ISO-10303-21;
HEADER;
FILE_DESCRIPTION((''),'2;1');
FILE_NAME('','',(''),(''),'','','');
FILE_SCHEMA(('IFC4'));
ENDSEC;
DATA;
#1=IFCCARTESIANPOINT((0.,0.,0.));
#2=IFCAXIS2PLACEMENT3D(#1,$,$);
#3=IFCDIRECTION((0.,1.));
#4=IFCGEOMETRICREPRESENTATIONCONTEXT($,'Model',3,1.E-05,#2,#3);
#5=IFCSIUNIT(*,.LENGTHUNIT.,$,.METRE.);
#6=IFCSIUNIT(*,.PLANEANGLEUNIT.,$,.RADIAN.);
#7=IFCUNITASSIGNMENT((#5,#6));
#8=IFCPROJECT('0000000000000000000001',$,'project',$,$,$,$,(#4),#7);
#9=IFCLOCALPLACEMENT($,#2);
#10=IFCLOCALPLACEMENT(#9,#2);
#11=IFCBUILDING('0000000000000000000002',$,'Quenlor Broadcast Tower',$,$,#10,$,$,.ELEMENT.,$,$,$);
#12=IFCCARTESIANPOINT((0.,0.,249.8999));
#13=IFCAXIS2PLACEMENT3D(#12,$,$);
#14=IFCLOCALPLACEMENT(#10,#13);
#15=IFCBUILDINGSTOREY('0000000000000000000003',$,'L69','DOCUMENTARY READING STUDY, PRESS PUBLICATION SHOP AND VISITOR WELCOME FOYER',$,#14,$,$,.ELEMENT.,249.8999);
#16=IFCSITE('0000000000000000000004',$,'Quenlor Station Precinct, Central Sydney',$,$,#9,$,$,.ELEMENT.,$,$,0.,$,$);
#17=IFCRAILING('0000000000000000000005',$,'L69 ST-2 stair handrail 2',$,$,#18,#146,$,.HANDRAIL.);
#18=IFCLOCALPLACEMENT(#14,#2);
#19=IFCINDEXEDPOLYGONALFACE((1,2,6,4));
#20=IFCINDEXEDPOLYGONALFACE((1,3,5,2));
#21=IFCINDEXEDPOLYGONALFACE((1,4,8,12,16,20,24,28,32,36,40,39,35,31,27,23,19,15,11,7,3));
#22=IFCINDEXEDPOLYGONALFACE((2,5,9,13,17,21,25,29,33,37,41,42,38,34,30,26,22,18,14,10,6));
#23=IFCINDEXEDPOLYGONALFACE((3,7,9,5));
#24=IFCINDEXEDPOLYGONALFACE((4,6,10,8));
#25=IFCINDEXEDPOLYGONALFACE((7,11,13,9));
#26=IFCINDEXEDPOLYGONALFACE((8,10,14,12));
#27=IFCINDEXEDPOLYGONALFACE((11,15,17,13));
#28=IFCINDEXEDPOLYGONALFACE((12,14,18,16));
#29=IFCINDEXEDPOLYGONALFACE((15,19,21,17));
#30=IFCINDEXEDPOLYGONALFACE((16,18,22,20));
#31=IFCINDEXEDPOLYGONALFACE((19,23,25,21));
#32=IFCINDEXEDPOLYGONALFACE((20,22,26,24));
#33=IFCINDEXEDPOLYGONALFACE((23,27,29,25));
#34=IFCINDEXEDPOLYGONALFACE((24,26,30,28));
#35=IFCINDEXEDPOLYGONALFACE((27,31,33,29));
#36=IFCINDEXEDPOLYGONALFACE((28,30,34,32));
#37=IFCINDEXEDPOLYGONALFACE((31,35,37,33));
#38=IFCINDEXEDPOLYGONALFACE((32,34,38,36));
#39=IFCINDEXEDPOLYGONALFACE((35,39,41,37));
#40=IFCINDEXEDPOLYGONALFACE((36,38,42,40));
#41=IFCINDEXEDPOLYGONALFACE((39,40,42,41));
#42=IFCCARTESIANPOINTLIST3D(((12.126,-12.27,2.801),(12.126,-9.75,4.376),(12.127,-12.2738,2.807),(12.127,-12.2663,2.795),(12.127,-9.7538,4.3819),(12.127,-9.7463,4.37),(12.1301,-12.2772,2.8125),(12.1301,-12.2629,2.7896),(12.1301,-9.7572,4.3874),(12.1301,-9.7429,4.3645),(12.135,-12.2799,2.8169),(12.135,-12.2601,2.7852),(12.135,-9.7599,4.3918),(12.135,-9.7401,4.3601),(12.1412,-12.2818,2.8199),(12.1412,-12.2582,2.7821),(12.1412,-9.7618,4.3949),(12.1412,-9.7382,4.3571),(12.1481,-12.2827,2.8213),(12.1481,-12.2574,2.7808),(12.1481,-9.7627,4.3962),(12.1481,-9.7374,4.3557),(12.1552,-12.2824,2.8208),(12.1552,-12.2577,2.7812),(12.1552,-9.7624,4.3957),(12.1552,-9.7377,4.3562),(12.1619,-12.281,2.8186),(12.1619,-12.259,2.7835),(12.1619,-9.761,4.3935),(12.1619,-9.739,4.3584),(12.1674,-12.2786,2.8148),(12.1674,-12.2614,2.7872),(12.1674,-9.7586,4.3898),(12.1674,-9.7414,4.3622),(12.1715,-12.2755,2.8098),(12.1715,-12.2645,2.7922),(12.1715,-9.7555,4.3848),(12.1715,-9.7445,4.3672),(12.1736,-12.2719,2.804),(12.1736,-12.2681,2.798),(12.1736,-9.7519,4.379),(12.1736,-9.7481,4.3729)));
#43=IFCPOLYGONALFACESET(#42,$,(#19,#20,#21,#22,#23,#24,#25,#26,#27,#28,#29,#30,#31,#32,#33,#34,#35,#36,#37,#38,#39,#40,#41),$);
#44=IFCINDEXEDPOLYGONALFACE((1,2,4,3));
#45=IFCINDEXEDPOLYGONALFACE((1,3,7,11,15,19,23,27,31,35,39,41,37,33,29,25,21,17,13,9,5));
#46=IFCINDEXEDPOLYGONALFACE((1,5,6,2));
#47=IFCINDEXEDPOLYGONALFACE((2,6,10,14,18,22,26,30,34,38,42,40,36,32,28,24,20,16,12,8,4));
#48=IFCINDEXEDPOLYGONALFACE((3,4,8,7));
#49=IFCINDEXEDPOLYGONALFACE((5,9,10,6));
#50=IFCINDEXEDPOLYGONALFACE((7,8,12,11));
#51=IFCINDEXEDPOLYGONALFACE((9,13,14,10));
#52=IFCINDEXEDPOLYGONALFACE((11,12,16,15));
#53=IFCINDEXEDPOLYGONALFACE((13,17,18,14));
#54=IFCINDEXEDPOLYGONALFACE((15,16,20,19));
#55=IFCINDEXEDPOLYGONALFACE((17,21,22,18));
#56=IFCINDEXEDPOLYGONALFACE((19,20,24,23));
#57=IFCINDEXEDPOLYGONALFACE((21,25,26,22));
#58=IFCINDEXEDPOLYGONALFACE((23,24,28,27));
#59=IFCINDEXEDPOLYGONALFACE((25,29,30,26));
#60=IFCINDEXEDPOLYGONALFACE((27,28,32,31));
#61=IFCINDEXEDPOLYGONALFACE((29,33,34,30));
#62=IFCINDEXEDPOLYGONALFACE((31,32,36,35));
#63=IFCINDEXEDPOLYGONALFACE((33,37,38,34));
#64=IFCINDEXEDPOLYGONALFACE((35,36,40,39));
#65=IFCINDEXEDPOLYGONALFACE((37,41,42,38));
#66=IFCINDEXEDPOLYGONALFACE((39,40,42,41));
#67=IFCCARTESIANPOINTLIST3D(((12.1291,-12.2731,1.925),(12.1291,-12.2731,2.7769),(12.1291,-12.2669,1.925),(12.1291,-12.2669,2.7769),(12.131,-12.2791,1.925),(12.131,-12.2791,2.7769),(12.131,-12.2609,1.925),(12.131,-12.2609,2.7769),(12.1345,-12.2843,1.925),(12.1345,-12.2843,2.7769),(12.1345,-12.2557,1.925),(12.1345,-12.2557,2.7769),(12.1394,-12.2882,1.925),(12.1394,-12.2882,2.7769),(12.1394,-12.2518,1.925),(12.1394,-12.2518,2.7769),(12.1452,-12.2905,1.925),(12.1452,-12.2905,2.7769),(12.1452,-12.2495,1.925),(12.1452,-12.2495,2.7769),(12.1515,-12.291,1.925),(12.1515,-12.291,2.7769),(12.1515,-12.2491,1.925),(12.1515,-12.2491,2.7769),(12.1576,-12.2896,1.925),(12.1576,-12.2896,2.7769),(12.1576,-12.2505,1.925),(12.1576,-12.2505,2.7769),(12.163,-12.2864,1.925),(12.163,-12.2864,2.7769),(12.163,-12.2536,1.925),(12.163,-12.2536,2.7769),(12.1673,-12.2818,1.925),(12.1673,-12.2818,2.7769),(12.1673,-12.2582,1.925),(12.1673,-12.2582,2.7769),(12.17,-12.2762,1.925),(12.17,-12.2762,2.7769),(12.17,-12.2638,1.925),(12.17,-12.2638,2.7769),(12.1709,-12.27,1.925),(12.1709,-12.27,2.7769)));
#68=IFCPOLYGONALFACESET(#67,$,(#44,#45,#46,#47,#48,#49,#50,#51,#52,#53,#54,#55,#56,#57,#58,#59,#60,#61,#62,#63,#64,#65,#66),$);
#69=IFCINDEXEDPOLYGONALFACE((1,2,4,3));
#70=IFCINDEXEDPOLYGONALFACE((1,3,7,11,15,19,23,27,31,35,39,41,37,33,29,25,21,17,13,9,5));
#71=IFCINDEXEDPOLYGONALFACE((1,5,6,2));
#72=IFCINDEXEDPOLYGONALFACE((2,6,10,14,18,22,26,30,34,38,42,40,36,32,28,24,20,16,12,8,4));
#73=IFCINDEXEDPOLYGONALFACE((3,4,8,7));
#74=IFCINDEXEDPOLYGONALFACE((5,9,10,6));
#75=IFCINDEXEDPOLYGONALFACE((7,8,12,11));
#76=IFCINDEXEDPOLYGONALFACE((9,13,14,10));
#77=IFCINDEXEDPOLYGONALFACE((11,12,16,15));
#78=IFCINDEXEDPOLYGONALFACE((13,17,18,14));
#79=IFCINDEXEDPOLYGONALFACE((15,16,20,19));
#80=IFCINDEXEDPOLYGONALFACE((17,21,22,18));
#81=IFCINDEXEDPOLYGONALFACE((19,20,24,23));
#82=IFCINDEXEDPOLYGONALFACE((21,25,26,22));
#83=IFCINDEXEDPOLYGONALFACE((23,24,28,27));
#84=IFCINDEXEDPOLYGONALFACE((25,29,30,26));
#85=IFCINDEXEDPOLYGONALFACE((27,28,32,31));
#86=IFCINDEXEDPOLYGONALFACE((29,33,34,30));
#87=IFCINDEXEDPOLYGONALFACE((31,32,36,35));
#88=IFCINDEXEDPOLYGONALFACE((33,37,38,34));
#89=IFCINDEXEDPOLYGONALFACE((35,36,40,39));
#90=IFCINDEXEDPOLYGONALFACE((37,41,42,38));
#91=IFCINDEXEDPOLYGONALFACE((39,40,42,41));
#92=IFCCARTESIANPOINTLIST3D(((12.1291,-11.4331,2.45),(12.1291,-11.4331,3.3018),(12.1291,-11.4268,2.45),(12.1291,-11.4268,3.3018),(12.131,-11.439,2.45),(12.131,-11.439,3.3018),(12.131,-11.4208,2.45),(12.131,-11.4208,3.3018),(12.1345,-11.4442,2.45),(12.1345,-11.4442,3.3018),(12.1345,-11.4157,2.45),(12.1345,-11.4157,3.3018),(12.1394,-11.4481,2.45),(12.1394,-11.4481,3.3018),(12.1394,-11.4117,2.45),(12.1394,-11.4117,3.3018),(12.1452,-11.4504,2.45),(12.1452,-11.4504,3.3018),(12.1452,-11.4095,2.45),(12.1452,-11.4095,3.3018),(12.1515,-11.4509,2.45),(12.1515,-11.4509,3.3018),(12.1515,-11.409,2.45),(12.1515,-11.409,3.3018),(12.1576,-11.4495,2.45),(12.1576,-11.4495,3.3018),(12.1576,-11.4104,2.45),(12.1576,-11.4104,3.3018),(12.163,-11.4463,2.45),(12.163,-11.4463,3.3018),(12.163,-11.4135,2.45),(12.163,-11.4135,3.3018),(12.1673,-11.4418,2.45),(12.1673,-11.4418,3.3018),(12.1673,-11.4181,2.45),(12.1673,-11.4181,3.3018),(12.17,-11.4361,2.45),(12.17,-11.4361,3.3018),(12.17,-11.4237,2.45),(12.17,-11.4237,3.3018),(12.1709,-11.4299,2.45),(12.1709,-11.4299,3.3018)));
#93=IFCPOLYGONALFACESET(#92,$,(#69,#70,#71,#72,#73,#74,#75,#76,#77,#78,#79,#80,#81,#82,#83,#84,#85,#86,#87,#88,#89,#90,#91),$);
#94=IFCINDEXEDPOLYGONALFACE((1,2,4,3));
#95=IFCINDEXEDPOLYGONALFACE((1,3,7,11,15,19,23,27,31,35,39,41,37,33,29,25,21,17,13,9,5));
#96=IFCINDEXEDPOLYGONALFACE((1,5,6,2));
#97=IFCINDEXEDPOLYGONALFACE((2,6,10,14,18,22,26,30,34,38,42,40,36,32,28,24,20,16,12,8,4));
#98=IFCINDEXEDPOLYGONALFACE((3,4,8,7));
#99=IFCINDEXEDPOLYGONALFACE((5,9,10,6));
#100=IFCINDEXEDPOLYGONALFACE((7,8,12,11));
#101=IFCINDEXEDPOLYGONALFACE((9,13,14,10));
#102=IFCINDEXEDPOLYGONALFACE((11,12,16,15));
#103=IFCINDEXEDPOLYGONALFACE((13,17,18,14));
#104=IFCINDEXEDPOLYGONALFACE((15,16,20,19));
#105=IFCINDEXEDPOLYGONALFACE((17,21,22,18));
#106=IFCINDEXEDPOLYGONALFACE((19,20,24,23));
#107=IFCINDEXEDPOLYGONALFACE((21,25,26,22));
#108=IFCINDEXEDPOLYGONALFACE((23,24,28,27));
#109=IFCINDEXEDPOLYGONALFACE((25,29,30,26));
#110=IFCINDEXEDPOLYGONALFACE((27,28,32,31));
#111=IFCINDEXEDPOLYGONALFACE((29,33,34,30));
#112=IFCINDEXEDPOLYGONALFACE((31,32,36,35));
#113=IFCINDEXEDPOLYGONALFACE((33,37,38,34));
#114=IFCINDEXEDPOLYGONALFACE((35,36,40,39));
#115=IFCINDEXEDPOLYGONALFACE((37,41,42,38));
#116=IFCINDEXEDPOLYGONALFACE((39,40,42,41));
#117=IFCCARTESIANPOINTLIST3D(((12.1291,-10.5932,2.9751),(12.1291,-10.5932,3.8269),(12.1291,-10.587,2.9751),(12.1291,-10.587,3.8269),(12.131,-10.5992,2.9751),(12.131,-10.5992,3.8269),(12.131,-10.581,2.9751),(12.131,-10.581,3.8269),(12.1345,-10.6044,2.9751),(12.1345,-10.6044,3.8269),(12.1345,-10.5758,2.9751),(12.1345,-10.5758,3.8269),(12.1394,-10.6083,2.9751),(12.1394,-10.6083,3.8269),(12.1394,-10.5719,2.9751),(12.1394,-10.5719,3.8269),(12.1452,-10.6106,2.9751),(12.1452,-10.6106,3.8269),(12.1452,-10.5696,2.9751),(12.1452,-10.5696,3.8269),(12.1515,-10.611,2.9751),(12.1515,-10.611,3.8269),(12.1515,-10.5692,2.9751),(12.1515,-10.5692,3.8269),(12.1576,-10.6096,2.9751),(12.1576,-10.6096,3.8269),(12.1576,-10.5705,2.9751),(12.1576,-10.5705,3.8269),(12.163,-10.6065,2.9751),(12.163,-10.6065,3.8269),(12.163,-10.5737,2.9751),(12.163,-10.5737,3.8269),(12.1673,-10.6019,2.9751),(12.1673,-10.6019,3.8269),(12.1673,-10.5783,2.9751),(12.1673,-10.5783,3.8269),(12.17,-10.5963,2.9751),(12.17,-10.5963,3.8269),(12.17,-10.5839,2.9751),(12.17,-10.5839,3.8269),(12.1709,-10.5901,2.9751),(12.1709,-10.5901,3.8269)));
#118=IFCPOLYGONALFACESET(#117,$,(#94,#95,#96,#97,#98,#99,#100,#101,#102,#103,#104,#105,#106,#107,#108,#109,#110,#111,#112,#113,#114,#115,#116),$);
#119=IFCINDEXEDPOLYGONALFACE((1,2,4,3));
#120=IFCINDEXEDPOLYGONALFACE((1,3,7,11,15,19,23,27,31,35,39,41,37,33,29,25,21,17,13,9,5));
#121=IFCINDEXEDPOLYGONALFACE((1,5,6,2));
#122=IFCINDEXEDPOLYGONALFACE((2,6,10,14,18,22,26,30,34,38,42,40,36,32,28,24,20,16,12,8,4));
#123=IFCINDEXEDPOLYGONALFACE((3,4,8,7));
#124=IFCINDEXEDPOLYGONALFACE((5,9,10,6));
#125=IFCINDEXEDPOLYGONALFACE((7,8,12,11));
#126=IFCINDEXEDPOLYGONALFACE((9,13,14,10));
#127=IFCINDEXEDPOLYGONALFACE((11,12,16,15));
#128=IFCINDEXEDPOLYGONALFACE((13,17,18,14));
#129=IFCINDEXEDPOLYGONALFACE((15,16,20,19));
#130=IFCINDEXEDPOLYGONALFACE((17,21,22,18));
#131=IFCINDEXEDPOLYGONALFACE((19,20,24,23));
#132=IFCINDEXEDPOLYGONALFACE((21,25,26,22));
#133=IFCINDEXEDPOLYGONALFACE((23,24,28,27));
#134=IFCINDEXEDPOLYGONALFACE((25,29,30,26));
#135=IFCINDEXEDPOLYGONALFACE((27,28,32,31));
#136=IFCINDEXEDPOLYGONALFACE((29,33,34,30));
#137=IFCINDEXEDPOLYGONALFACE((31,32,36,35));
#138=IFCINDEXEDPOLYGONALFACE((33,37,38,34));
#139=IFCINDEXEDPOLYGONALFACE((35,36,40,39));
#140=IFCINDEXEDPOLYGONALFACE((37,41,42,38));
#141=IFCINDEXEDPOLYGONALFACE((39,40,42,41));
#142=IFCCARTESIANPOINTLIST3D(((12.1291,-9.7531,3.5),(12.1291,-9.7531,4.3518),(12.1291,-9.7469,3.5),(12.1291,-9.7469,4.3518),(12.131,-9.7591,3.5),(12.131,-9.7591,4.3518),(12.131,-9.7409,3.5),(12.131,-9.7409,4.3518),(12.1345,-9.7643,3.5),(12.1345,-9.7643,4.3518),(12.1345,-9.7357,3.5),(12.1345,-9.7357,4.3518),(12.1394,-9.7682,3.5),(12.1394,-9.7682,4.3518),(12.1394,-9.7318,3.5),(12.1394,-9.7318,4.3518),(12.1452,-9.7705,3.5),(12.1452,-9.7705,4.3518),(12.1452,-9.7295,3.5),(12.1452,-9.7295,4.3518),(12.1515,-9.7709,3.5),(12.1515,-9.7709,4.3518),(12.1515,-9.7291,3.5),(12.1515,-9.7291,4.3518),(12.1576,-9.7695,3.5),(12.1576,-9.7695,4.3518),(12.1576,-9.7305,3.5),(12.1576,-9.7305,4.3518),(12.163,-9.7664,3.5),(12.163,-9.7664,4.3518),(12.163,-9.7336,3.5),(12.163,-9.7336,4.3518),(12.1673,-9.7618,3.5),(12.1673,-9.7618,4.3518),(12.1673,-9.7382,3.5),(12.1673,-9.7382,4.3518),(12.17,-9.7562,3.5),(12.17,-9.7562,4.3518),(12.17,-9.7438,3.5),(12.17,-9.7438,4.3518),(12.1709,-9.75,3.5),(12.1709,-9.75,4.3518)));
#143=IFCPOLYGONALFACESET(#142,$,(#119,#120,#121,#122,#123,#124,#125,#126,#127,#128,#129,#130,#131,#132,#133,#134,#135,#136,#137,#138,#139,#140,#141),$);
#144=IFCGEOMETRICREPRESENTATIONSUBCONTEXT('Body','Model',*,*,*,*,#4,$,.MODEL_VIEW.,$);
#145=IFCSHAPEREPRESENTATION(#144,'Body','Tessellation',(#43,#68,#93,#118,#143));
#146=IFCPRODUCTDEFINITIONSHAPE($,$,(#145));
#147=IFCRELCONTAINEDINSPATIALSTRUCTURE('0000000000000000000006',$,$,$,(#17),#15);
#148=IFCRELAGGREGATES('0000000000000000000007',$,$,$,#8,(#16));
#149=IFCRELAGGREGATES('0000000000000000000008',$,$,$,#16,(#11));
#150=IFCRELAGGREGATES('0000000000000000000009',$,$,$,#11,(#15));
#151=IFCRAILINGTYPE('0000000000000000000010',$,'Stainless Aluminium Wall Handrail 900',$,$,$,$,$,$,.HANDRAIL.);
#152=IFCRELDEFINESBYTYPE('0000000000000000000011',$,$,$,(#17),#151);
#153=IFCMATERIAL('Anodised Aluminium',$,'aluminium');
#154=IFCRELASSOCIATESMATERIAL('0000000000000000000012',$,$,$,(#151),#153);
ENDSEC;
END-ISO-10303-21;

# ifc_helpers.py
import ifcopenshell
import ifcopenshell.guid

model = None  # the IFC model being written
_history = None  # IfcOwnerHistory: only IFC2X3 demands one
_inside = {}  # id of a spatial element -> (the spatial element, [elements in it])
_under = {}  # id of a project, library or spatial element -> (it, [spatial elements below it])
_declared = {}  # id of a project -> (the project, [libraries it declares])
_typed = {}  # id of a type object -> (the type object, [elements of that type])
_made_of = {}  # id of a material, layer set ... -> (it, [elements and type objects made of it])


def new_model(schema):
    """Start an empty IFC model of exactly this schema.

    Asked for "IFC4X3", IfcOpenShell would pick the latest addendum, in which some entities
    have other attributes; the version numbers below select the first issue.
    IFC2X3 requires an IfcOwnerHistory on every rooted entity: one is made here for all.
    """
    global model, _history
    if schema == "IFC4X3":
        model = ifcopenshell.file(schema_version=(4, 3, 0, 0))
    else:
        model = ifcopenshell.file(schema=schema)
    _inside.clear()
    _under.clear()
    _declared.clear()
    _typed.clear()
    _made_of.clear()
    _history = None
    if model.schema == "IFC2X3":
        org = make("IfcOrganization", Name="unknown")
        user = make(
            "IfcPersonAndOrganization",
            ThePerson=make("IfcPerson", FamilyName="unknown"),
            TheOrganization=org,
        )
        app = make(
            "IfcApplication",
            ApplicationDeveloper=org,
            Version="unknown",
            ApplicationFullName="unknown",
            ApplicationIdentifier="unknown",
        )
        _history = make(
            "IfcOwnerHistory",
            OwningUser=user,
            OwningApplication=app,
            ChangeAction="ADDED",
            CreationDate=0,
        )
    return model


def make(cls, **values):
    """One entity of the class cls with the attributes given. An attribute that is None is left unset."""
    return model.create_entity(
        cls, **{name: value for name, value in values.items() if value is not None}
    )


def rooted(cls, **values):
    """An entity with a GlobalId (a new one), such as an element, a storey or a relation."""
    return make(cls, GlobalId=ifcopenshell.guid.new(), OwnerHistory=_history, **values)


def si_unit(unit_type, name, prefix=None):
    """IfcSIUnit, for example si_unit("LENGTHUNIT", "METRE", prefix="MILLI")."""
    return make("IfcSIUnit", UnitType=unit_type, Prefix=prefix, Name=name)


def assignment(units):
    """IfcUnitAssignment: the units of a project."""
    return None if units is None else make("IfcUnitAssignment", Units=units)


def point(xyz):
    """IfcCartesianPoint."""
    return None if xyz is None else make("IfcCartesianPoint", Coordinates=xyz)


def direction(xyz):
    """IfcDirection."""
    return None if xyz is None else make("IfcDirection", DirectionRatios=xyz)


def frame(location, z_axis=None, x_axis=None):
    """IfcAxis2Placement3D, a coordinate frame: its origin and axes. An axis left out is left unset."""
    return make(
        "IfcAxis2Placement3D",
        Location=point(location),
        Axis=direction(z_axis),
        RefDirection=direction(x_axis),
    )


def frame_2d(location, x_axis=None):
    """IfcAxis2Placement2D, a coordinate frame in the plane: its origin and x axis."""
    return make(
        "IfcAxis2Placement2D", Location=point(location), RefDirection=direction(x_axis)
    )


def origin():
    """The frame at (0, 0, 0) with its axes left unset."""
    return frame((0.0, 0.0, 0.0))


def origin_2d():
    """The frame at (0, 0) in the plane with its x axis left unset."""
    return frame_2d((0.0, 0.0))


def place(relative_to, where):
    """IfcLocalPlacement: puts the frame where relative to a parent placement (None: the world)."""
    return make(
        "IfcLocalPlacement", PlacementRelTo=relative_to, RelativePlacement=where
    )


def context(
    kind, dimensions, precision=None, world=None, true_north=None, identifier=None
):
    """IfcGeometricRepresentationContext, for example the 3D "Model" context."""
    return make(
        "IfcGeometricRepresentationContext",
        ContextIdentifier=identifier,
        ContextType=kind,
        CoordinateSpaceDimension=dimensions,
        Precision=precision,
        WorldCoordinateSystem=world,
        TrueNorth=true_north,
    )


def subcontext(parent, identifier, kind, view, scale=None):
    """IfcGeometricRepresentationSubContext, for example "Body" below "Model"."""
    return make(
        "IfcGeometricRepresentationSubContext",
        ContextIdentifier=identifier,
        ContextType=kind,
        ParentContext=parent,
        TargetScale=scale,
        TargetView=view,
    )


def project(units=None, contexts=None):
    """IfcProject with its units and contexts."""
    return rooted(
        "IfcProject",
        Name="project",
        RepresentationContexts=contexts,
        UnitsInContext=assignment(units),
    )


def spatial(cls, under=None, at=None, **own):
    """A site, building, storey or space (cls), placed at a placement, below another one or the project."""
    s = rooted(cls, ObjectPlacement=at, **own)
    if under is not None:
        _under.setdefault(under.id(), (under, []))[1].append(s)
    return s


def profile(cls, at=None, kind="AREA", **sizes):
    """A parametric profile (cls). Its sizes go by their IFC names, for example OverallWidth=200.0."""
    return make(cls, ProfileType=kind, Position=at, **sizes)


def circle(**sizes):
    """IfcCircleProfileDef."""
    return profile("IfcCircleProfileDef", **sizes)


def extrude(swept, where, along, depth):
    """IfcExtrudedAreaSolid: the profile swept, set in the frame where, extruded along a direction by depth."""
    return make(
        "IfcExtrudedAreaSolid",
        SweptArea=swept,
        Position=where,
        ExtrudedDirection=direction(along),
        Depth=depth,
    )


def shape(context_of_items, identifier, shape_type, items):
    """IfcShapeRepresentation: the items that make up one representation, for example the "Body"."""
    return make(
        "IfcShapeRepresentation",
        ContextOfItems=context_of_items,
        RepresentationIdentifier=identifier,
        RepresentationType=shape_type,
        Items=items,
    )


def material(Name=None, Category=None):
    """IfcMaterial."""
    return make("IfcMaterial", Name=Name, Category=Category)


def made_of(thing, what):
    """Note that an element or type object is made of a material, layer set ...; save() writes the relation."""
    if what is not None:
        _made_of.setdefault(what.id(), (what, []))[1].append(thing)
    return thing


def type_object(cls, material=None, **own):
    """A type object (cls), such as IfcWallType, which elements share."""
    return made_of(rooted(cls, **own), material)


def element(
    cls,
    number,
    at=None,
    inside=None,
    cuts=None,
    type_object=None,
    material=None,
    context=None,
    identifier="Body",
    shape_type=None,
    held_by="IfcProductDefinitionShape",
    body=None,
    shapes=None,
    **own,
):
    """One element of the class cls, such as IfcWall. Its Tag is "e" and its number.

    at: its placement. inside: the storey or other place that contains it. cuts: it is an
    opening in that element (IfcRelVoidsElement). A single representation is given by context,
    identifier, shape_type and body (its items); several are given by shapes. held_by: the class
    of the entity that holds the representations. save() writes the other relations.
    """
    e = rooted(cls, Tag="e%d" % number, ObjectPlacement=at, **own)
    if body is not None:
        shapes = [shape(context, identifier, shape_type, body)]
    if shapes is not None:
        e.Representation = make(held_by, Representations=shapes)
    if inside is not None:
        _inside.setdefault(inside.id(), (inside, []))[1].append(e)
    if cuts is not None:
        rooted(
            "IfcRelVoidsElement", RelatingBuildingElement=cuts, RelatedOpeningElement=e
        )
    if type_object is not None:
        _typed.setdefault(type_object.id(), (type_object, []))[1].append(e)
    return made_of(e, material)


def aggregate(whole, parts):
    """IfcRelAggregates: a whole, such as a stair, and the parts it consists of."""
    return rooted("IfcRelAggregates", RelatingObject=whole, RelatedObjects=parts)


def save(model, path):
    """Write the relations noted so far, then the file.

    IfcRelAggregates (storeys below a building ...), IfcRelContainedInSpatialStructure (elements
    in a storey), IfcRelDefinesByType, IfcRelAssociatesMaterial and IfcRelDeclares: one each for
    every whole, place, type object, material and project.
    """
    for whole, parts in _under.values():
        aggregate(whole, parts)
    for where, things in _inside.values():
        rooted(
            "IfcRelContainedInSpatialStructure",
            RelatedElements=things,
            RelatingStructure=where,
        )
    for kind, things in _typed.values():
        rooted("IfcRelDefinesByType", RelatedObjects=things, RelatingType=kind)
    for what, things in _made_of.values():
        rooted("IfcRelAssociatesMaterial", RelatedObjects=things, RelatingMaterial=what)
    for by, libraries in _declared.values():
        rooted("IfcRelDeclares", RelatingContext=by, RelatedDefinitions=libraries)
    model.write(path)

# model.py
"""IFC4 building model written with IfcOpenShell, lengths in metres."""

from ifc_helpers import new_model, si_unit, direction, frame, origin, origin_2d, place, context, subcontext, project, spatial, circle, extrude, material, type_object, element, save


model = new_model("IFC4")

# Units and contexts
model_context = context("Model", 3, precision=1e-05, world=origin(), true_north=direction((0.0, 1.0)))
body_context = subcontext(model_context, "Body", "Model", "MODEL_VIEW")
ifc_project = project(units=[si_unit("LENGTHUNIT", "METRE"), si_unit("PLANEANGLEUNIT", "RADIAN")], contexts=[model_context])

# Site, building, storey
site_placement = place(None, origin())
site = spatial("IfcSite", under=ifc_project, at=site_placement, Name="Quenlor Station Precinct, Central Sydney", CompositionType="ELEMENT", RefElevation=0.0)
building_placement = place(site_placement, origin())
building = spatial("IfcBuilding", under=site, at=building_placement, Name="Quenlor Broadcast Tower", CompositionType="ELEMENT")
storey_placement = place(building_placement, frame((0.0, 0.0, 249.8999)))
storey = spatial("IfcBuildingStorey", under=building, at=storey_placement, Name="L69", Description="DOCUMENTARY READING STUDY, PRESS PUBLICATION SHOP AND VISITOR WELCOME FOYER", CompositionType="ELEMENT", Elevation=249.8999)

# Railing
ifc_material_1 = material(Name="Anodised Aluminium", Category="aluminium")
railing_type = type_object("IfcRailingType", Name="Stainless Aluminium Wall Handrail 900", PredefinedType="HANDRAIL", material=ifc_material_1)
railing_placement = place(storey_placement, frame((12.1499, -12.27, 1.925)))
element("IfcRailing", 1, at=railing_placement, inside=storey, type_object=railing_type, Name="L69 ST-2 stair handrail 2", PredefinedType="HANDRAIL", context=body_context, shape_type="SweptSolid", body=[
    extrude(circle(Radius=0.0239, at=origin_2d()), frame((0.0, 0.0, 0.876), z_axis=(0.0, 0.848008, 0.529984), x_axis=(-1.0, 0.0, 0.0)), (0.0, 0.0, 1.0), 2.9717),
    extrude(circle(Radius=0.021, at=origin_2d()), origin(), (0.0, 0.0, 1.0), 0.8518),
    extrude(circle(Radius=0.021, at=origin_2d()), frame((0.0, 0.8401, 0.5249)), (0.0, 0.0, 1.0), 0.8518),
    extrude(circle(Radius=0.021, at=origin_2d()), frame((0.0, 1.6799, 1.05)), (0.0, 0.0, 1.0), 0.8518),
    extrude(circle(Radius=0.021, at=origin_2d()), frame((0.0, 2.52, 1.575)), (0.0, 0.0, 1.0), 0.8518),
])

save(model, "model.ifc")
